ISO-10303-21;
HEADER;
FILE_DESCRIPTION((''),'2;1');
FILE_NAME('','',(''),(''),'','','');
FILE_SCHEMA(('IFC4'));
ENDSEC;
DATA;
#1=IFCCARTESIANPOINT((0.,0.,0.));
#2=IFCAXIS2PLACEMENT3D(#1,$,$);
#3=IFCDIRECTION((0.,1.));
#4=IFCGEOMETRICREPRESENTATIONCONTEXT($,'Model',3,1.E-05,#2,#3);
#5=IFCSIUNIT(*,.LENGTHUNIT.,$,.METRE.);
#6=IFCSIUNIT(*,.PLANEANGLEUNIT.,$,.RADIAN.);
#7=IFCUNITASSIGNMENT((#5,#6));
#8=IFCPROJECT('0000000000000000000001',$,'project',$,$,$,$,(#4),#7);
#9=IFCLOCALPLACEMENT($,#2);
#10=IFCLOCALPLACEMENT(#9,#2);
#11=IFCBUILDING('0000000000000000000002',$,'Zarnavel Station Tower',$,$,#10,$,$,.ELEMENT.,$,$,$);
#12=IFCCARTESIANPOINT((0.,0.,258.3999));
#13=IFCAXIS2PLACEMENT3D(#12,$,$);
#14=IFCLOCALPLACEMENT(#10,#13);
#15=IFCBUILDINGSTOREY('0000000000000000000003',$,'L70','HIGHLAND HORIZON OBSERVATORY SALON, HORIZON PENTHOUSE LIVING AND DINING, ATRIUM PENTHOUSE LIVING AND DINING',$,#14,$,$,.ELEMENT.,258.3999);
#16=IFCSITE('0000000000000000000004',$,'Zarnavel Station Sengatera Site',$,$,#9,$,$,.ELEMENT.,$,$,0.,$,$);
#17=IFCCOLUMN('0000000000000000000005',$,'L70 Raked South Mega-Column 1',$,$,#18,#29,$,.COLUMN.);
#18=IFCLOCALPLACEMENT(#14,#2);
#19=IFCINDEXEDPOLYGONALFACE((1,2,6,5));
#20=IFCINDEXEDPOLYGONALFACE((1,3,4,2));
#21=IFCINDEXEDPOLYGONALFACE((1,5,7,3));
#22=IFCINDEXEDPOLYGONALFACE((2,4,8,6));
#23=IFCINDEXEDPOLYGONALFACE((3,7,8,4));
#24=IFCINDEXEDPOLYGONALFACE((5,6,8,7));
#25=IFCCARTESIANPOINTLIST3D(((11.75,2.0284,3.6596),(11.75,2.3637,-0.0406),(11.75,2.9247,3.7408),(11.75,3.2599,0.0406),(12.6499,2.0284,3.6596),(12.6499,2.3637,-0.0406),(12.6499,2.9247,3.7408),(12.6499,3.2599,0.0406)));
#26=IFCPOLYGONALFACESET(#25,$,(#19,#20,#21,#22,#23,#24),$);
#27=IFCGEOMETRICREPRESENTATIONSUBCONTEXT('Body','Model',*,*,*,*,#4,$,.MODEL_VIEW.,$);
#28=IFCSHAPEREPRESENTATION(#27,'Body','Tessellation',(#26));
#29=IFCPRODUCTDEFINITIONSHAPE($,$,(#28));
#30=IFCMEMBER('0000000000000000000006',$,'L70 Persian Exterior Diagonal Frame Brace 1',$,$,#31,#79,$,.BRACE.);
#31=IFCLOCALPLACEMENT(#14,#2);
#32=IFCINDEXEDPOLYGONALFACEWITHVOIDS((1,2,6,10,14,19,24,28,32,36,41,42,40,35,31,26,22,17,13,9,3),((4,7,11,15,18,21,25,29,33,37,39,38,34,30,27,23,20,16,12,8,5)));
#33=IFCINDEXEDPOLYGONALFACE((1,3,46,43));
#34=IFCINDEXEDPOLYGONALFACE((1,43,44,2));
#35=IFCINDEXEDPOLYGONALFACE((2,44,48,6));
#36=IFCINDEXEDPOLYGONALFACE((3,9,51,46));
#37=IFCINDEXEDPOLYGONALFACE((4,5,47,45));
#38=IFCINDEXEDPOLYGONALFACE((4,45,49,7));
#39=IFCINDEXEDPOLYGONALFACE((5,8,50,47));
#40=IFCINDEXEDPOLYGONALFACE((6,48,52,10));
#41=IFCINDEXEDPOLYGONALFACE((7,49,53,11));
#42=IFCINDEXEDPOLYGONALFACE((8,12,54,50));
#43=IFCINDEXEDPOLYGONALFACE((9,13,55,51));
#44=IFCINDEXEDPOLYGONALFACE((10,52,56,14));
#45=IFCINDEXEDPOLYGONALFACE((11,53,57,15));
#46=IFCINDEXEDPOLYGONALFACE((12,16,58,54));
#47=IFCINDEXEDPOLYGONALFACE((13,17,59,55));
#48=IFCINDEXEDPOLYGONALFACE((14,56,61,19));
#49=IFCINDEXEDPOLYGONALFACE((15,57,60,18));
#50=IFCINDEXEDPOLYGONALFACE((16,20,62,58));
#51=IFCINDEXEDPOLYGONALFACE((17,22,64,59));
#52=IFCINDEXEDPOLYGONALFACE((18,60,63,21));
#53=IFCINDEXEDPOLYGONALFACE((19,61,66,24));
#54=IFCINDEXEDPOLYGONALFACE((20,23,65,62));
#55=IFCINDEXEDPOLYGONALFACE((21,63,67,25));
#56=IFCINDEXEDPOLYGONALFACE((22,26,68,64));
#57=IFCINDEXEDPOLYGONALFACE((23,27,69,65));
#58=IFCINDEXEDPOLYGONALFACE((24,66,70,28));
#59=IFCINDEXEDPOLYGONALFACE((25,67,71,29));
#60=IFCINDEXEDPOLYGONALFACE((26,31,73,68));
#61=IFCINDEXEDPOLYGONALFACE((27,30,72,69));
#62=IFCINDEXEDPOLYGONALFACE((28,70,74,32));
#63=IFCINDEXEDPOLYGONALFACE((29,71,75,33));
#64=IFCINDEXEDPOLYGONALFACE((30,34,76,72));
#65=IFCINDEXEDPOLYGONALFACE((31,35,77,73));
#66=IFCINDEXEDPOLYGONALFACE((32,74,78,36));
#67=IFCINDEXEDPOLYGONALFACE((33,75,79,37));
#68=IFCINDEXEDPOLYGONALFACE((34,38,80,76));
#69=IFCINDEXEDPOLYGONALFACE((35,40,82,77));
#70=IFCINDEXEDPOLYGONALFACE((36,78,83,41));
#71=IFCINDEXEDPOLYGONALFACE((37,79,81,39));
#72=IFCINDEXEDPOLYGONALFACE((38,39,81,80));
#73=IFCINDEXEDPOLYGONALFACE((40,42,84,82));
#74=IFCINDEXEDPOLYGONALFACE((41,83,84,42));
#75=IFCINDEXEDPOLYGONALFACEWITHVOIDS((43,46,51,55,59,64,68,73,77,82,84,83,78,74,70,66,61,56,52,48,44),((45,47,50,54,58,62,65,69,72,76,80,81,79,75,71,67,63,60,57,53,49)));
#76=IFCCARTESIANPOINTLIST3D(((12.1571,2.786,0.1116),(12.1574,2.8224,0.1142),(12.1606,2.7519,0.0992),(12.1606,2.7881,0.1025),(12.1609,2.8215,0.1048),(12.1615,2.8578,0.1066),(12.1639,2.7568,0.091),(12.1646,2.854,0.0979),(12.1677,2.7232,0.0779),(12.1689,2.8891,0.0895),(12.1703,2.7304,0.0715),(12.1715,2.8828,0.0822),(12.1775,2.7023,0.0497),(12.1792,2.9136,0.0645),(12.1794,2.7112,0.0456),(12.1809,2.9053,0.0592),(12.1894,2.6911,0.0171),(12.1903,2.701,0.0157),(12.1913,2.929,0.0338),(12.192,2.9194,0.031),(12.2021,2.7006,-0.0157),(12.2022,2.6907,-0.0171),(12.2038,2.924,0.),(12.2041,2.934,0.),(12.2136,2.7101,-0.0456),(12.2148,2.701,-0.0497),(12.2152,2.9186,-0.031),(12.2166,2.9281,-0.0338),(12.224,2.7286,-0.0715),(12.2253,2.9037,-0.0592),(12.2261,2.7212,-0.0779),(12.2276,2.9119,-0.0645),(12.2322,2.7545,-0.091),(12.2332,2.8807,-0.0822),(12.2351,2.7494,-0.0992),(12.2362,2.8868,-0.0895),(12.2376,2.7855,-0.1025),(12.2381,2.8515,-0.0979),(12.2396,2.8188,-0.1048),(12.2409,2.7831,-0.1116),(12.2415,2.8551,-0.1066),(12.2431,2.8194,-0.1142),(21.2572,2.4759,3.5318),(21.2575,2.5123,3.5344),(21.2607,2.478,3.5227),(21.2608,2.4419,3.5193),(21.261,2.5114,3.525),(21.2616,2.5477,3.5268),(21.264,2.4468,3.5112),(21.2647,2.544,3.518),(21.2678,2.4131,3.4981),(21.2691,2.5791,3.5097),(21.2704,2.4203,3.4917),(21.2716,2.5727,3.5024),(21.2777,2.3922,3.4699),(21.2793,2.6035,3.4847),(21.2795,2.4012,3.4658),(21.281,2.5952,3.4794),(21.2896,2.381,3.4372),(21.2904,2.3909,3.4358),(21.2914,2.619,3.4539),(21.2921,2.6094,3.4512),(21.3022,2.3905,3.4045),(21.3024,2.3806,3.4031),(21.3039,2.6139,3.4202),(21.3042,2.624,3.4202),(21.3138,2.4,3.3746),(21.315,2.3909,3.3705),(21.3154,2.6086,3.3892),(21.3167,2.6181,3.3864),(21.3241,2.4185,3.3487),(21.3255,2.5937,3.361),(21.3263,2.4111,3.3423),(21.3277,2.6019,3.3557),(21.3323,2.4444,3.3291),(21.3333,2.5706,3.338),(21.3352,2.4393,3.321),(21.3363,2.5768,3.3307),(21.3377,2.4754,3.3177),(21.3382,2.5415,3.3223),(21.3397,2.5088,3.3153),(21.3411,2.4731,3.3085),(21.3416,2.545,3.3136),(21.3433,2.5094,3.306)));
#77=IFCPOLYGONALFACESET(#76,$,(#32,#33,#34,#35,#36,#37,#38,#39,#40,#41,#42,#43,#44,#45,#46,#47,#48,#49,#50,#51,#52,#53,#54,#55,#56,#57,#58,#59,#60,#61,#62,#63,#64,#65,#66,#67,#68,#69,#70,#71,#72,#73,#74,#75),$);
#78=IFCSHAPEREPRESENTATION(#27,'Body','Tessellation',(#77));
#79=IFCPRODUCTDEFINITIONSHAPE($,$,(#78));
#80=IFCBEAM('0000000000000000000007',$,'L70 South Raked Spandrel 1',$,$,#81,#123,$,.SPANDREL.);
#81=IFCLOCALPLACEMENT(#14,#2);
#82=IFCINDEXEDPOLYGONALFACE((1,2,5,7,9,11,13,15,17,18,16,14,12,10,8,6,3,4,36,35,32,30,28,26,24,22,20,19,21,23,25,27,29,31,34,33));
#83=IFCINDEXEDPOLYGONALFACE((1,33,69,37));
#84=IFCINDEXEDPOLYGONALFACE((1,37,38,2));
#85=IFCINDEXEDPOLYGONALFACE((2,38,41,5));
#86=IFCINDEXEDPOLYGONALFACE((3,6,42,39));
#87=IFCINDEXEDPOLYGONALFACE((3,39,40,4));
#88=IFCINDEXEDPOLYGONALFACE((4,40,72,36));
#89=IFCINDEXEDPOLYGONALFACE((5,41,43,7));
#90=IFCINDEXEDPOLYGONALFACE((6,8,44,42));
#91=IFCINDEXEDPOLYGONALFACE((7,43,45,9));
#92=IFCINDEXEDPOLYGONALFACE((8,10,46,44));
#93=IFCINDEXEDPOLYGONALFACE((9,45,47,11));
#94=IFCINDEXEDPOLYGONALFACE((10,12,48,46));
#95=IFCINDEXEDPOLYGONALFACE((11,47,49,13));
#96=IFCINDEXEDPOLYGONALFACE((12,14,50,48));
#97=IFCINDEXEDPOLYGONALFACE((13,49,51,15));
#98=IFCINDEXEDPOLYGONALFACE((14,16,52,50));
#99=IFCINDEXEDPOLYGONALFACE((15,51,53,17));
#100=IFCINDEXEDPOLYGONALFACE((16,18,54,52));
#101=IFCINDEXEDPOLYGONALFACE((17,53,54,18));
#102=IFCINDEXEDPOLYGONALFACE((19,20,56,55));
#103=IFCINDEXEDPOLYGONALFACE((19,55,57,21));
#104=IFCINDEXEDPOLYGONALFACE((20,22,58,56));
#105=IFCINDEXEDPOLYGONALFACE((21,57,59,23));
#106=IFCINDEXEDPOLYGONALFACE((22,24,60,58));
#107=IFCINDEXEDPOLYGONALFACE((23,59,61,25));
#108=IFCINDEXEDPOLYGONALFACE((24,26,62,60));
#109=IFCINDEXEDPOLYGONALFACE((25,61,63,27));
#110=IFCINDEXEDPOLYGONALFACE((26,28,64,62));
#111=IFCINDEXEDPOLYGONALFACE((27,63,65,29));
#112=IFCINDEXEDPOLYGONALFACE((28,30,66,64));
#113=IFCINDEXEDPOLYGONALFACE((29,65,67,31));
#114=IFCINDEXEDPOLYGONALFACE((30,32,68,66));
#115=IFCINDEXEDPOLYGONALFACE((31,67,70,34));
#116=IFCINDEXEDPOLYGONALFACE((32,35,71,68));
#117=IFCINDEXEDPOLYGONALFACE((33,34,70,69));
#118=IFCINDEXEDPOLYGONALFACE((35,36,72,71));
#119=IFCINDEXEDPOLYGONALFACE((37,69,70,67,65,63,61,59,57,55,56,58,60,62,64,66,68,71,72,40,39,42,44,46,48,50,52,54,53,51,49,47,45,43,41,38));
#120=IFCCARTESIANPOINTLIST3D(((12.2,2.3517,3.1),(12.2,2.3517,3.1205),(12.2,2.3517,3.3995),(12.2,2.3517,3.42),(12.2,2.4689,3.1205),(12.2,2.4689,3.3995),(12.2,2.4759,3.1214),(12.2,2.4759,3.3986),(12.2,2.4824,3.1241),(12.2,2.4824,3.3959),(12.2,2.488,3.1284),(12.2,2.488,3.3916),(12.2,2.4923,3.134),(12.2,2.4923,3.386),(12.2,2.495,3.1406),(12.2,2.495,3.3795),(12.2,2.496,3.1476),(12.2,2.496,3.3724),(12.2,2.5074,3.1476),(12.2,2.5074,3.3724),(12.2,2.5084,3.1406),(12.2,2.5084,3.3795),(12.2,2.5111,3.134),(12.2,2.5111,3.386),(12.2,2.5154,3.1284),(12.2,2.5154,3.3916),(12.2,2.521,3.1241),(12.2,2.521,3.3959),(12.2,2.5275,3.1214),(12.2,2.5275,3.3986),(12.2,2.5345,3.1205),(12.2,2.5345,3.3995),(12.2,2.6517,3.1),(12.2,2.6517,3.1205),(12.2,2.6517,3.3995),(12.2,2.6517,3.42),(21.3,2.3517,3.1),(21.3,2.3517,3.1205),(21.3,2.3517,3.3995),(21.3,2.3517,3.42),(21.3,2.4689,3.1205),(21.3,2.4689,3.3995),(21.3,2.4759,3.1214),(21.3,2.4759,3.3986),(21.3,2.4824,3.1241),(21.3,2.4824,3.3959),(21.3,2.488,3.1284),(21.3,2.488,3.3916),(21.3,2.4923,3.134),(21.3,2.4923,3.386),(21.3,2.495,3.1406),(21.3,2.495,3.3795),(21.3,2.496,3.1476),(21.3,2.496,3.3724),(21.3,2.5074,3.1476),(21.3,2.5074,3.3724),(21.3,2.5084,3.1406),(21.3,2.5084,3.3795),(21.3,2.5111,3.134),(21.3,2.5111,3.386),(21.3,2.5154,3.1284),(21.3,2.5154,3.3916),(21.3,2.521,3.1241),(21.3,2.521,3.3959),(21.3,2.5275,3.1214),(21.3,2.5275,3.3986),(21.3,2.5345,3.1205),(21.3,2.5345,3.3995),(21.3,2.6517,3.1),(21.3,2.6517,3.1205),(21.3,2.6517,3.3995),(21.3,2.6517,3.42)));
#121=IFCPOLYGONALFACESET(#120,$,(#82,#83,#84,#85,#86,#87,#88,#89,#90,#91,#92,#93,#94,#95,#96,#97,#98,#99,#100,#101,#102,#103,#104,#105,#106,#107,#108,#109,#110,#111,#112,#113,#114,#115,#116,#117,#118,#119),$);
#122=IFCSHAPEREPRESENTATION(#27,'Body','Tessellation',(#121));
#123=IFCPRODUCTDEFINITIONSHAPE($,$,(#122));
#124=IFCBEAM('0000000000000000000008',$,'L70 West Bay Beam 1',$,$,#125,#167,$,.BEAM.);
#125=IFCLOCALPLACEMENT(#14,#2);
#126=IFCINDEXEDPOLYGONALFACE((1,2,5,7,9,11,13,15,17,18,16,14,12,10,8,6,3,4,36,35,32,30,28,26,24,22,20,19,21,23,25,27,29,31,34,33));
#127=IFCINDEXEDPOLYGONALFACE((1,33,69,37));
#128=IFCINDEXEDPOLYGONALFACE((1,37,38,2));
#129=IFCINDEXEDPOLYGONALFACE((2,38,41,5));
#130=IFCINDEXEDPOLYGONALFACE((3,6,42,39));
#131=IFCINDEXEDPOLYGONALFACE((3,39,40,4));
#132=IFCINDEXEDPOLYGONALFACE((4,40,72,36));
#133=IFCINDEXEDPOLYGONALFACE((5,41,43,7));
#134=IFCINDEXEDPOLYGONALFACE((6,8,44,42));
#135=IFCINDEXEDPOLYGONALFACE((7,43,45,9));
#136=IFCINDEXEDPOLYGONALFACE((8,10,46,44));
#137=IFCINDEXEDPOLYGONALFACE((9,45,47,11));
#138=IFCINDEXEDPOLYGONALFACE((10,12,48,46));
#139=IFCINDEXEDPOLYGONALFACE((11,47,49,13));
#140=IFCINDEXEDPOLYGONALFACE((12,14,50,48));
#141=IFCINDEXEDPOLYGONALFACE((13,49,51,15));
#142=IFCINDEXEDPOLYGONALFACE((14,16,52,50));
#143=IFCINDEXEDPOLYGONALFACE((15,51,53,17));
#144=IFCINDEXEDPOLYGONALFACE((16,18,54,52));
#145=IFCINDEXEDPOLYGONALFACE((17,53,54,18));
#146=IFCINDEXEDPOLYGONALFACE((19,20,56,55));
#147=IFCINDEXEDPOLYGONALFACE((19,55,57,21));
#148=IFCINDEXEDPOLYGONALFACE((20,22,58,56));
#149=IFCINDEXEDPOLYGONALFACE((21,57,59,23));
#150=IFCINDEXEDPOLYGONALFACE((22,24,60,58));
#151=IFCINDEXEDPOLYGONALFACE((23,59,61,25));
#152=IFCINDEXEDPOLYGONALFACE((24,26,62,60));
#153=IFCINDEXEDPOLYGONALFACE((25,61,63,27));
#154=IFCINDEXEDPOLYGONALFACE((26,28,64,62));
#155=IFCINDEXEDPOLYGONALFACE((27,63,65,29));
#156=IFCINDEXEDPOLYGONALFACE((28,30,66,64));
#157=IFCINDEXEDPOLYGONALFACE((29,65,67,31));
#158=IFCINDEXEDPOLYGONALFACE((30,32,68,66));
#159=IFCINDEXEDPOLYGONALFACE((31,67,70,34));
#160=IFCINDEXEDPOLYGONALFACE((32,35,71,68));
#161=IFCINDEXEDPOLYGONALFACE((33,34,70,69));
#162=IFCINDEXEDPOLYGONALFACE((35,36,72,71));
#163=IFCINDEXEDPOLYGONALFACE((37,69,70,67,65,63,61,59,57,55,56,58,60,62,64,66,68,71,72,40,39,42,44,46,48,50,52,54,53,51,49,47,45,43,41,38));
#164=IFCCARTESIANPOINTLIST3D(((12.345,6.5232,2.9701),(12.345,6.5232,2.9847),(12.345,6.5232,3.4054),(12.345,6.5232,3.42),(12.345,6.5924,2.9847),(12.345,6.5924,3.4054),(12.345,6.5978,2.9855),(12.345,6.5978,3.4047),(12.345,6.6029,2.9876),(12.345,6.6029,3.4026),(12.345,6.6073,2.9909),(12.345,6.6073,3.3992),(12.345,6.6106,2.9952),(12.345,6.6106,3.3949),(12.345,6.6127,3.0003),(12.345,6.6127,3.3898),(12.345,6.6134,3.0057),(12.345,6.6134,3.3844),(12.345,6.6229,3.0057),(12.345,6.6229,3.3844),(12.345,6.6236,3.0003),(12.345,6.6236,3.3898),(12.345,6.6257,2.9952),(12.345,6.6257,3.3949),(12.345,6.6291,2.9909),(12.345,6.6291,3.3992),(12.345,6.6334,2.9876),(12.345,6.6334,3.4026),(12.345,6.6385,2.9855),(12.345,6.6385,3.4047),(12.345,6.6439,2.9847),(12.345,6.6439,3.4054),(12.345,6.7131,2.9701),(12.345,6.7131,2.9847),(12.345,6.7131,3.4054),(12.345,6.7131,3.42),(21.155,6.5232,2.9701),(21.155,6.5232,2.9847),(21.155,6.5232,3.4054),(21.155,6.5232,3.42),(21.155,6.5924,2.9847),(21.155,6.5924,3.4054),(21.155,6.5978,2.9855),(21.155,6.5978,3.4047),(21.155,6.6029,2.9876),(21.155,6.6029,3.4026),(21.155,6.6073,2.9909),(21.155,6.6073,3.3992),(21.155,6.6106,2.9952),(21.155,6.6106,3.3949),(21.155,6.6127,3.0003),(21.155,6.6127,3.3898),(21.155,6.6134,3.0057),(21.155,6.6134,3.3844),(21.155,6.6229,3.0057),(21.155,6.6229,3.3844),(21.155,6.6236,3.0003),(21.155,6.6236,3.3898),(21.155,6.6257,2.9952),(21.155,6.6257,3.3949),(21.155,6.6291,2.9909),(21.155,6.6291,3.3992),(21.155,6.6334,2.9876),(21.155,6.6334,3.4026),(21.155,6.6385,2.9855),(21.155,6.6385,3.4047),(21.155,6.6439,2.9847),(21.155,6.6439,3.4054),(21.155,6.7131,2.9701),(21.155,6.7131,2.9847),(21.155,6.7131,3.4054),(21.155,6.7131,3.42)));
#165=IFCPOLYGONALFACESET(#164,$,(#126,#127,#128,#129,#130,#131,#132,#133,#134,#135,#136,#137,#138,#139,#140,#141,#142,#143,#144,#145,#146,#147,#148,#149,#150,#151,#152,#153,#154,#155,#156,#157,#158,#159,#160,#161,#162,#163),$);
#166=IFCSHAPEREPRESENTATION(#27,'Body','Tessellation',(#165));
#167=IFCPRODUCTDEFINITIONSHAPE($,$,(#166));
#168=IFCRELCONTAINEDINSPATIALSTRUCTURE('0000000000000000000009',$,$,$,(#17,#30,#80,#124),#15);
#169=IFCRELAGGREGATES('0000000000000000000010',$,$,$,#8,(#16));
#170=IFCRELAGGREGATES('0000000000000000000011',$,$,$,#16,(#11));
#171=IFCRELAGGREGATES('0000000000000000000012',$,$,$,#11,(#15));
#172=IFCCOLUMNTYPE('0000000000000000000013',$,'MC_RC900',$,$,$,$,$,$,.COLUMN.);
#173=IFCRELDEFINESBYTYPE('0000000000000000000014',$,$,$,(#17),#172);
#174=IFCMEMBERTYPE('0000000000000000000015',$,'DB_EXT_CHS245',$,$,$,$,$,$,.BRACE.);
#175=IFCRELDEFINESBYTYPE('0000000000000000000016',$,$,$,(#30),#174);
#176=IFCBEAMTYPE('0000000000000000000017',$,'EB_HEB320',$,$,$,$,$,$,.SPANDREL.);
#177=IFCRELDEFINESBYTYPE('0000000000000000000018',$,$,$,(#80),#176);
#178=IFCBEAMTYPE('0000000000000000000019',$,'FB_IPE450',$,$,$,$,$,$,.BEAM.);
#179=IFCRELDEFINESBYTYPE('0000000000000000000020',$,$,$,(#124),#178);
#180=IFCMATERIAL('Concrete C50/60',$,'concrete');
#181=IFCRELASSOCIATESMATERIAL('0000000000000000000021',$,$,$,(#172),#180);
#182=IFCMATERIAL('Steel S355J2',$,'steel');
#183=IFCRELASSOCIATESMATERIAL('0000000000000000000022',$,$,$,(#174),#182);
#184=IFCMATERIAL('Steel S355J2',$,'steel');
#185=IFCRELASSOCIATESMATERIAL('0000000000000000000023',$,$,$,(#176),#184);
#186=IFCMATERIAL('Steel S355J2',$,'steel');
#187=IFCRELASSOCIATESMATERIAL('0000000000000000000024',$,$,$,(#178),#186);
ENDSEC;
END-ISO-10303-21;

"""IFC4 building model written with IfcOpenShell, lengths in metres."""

from ifc_helpers import new_model, si_unit, direction, frame, origin, origin_2d, place, context, subcontext, project, spatial, rectangle, hollow_circle, i_section, extrude, material, material_profile, profile_set, type_object, element, save


model = new_model("IFC4")

# Units and contexts
model_context = context("Model", 3, precision=1e-05, world=origin(), true_north=direction((0.0, 1.0)))
body_context = subcontext(model_context, "Body", "Model", "MODEL_VIEW")
ifc_project = project(units=[si_unit("LENGTHUNIT", "METRE"), si_unit("PLANEANGLEUNIT", "RADIAN")], contexts=[model_context])

# Site, building, storey
site_placement = place(None, origin())
site = spatial("IfcSite", under=ifc_project, at=site_placement, Name="Zarnavel Station Sengatera Site", CompositionType="ELEMENT", RefElevation=0.0)
building_placement = place(site_placement, origin())
building = spatial("IfcBuilding", under=site, at=building_placement, Name="Zarnavel Station Tower", CompositionType="ELEMENT")
storey_placement = place(building_placement, frame((0.0, 0.0, 258.3999)))
storey = spatial("IfcBuildingStorey", under=building, at=storey_placement, Name="L70", Description="HIGHLAND HORIZON OBSERVATORY SALON, HORIZON PENTHOUSE LIVING AND DINING, ATRIUM PENTHOUSE LIVING AND DINING", CompositionType="ELEMENT", Elevation=258.3999)

# Column
ifc_material_1 = material(Name="Concrete C50/60", Category="concrete")
ifc_material_profile_1 = material_profile(ifc_material_1, rectangle(XDim=0.8999, YDim=0.8999, at=origin_2d()), Name="RC900x900")
ifc_profile_set_1 = profile_set([ifc_material_profile_1], Name="Concrete C50/60")
column_type = type_object("IfcColumnType", Name="MC_RC900", PredefinedType="COLUMN", material=ifc_profile_set_1)
column_placement = place(storey_placement, frame((12.2, 2.8118, 0.0), z_axis=(0.0, -0.090222, 0.995922), x_axis=(1.0, 0.0, 0.0)))
element("IfcColumn", 1, at=column_placement, inside=storey, type_object=column_type, Name="L70 Raked South Mega-Column 1", PredefinedType="COLUMN", context=body_context, shape_type="SweptSolid", body=[
    extrude(rectangle(XDim=0.8999, YDim=0.8999, at=origin_2d()), origin(), (0.0, 0.0, 1.0), 3.7153),
])

# Member
ifc_material_2 = material(Name="Steel S355J2", Category="steel")
ifc_material_profile_2 = material_profile(ifc_material_2, hollow_circle(Radius=0.1223, WallThickness=0.01, at=origin_2d()), Name="CHS244.5x10")
ifc_profile_set_2 = profile_set([ifc_material_profile_2], Name="Steel S355J2")
member_type = type_object("IfcMemberType", Name="DB_EXT_CHS245", PredefinedType="BRACE", material=ifc_profile_set_2)
member_placement = place(storey_placement, frame((12.2, 2.8118, 0.0), z_axis=(0.935595, -0.031878, 0.351633), x_axis=(0.034052, 0.99942, 0.0)))
element("IfcMember", 2, at=member_placement, inside=storey, type_object=member_type, Name="L70 Persian Exterior Diagonal Frame Brace 1", PredefinedType="BRACE", context=body_context, shape_type="SweptSolid", body=[
    extrude(hollow_circle(Radius=0.1223, WallThickness=0.01, at=origin_2d()), origin(), (0.0, 0.0, 1.0), 9.7266),
])

# Beams
ifc_material_3 = material(Name="Steel S355J2", Category="steel")
ifc_material_profile_3 = material_profile(ifc_material_3, i_section(OverallWidth=0.3, OverallDepth=0.3201, WebThickness=0.0115, FlangeThickness=0.0205, FilletRadius=0.0271, at=origin_2d()), Name="HEB320")
ifc_profile_set_3 = profile_set([ifc_material_profile_3], Name="Steel S355J2")
beam_type_1 = type_object("IfcBeamType", Name="EB_HEB320", PredefinedType="SPANDREL", material=ifc_profile_set_3)
beam_1_placement = place(storey_placement, frame((12.2, 2.5017, 3.26), z_axis=(1.0, 0.0, 0.0), x_axis=(0.0, 1.0, 0.0)))
element("IfcBeam", 3, at=beam_1_placement, inside=storey, type_object=beam_type_1, Name="L70 South Raked Spandrel 1", PredefinedType="SPANDREL", context=body_context, shape_type="SweptSolid", body=[
    extrude(i_section(OverallWidth=0.3, OverallDepth=0.3201, WebThickness=0.0115, FlangeThickness=0.0205, FilletRadius=0.0271, at=origin_2d()), origin(), (0.0, 0.0, 1.0), 9.1001),
])
ifc_material_4 = material(Name="Steel S355J2", Category="steel")
ifc_material_profile_4 = material_profile(ifc_material_4, i_section(OverallWidth=0.1899, OverallDepth=0.45, WebThickness=0.0095, FlangeThickness=0.0146, FilletRadius=0.021, at=origin_2d()), Name="IPE450")
ifc_profile_set_4 = profile_set([ifc_material_profile_4], Name="Steel S355J2")
beam_type_2 = type_object("IfcBeamType", Name="FB_IPE450", PredefinedType="BEAM", material=ifc_profile_set_4)
beam_2_placement = place(storey_placement, frame((12.345, 6.6182, 3.1951), z_axis=(1.0, 0.0, 0.0), x_axis=(0.0, 1.0, 0.0)))
element("IfcBeam", 4, at=beam_2_placement, inside=storey, type_object=beam_type_2, Name="L70 West Bay Beam 1", PredefinedType="BEAM", context=body_context, shape_type="SweptSolid", body=[
    extrude(i_section(OverallWidth=0.1899, OverallDepth=0.45, WebThickness=0.0095, FlangeThickness=0.0146, FilletRadius=0.021, at=origin_2d()), origin(), (0.0, 0.0, 1.0), 8.8101),
])

save(model, "model.ifc")
